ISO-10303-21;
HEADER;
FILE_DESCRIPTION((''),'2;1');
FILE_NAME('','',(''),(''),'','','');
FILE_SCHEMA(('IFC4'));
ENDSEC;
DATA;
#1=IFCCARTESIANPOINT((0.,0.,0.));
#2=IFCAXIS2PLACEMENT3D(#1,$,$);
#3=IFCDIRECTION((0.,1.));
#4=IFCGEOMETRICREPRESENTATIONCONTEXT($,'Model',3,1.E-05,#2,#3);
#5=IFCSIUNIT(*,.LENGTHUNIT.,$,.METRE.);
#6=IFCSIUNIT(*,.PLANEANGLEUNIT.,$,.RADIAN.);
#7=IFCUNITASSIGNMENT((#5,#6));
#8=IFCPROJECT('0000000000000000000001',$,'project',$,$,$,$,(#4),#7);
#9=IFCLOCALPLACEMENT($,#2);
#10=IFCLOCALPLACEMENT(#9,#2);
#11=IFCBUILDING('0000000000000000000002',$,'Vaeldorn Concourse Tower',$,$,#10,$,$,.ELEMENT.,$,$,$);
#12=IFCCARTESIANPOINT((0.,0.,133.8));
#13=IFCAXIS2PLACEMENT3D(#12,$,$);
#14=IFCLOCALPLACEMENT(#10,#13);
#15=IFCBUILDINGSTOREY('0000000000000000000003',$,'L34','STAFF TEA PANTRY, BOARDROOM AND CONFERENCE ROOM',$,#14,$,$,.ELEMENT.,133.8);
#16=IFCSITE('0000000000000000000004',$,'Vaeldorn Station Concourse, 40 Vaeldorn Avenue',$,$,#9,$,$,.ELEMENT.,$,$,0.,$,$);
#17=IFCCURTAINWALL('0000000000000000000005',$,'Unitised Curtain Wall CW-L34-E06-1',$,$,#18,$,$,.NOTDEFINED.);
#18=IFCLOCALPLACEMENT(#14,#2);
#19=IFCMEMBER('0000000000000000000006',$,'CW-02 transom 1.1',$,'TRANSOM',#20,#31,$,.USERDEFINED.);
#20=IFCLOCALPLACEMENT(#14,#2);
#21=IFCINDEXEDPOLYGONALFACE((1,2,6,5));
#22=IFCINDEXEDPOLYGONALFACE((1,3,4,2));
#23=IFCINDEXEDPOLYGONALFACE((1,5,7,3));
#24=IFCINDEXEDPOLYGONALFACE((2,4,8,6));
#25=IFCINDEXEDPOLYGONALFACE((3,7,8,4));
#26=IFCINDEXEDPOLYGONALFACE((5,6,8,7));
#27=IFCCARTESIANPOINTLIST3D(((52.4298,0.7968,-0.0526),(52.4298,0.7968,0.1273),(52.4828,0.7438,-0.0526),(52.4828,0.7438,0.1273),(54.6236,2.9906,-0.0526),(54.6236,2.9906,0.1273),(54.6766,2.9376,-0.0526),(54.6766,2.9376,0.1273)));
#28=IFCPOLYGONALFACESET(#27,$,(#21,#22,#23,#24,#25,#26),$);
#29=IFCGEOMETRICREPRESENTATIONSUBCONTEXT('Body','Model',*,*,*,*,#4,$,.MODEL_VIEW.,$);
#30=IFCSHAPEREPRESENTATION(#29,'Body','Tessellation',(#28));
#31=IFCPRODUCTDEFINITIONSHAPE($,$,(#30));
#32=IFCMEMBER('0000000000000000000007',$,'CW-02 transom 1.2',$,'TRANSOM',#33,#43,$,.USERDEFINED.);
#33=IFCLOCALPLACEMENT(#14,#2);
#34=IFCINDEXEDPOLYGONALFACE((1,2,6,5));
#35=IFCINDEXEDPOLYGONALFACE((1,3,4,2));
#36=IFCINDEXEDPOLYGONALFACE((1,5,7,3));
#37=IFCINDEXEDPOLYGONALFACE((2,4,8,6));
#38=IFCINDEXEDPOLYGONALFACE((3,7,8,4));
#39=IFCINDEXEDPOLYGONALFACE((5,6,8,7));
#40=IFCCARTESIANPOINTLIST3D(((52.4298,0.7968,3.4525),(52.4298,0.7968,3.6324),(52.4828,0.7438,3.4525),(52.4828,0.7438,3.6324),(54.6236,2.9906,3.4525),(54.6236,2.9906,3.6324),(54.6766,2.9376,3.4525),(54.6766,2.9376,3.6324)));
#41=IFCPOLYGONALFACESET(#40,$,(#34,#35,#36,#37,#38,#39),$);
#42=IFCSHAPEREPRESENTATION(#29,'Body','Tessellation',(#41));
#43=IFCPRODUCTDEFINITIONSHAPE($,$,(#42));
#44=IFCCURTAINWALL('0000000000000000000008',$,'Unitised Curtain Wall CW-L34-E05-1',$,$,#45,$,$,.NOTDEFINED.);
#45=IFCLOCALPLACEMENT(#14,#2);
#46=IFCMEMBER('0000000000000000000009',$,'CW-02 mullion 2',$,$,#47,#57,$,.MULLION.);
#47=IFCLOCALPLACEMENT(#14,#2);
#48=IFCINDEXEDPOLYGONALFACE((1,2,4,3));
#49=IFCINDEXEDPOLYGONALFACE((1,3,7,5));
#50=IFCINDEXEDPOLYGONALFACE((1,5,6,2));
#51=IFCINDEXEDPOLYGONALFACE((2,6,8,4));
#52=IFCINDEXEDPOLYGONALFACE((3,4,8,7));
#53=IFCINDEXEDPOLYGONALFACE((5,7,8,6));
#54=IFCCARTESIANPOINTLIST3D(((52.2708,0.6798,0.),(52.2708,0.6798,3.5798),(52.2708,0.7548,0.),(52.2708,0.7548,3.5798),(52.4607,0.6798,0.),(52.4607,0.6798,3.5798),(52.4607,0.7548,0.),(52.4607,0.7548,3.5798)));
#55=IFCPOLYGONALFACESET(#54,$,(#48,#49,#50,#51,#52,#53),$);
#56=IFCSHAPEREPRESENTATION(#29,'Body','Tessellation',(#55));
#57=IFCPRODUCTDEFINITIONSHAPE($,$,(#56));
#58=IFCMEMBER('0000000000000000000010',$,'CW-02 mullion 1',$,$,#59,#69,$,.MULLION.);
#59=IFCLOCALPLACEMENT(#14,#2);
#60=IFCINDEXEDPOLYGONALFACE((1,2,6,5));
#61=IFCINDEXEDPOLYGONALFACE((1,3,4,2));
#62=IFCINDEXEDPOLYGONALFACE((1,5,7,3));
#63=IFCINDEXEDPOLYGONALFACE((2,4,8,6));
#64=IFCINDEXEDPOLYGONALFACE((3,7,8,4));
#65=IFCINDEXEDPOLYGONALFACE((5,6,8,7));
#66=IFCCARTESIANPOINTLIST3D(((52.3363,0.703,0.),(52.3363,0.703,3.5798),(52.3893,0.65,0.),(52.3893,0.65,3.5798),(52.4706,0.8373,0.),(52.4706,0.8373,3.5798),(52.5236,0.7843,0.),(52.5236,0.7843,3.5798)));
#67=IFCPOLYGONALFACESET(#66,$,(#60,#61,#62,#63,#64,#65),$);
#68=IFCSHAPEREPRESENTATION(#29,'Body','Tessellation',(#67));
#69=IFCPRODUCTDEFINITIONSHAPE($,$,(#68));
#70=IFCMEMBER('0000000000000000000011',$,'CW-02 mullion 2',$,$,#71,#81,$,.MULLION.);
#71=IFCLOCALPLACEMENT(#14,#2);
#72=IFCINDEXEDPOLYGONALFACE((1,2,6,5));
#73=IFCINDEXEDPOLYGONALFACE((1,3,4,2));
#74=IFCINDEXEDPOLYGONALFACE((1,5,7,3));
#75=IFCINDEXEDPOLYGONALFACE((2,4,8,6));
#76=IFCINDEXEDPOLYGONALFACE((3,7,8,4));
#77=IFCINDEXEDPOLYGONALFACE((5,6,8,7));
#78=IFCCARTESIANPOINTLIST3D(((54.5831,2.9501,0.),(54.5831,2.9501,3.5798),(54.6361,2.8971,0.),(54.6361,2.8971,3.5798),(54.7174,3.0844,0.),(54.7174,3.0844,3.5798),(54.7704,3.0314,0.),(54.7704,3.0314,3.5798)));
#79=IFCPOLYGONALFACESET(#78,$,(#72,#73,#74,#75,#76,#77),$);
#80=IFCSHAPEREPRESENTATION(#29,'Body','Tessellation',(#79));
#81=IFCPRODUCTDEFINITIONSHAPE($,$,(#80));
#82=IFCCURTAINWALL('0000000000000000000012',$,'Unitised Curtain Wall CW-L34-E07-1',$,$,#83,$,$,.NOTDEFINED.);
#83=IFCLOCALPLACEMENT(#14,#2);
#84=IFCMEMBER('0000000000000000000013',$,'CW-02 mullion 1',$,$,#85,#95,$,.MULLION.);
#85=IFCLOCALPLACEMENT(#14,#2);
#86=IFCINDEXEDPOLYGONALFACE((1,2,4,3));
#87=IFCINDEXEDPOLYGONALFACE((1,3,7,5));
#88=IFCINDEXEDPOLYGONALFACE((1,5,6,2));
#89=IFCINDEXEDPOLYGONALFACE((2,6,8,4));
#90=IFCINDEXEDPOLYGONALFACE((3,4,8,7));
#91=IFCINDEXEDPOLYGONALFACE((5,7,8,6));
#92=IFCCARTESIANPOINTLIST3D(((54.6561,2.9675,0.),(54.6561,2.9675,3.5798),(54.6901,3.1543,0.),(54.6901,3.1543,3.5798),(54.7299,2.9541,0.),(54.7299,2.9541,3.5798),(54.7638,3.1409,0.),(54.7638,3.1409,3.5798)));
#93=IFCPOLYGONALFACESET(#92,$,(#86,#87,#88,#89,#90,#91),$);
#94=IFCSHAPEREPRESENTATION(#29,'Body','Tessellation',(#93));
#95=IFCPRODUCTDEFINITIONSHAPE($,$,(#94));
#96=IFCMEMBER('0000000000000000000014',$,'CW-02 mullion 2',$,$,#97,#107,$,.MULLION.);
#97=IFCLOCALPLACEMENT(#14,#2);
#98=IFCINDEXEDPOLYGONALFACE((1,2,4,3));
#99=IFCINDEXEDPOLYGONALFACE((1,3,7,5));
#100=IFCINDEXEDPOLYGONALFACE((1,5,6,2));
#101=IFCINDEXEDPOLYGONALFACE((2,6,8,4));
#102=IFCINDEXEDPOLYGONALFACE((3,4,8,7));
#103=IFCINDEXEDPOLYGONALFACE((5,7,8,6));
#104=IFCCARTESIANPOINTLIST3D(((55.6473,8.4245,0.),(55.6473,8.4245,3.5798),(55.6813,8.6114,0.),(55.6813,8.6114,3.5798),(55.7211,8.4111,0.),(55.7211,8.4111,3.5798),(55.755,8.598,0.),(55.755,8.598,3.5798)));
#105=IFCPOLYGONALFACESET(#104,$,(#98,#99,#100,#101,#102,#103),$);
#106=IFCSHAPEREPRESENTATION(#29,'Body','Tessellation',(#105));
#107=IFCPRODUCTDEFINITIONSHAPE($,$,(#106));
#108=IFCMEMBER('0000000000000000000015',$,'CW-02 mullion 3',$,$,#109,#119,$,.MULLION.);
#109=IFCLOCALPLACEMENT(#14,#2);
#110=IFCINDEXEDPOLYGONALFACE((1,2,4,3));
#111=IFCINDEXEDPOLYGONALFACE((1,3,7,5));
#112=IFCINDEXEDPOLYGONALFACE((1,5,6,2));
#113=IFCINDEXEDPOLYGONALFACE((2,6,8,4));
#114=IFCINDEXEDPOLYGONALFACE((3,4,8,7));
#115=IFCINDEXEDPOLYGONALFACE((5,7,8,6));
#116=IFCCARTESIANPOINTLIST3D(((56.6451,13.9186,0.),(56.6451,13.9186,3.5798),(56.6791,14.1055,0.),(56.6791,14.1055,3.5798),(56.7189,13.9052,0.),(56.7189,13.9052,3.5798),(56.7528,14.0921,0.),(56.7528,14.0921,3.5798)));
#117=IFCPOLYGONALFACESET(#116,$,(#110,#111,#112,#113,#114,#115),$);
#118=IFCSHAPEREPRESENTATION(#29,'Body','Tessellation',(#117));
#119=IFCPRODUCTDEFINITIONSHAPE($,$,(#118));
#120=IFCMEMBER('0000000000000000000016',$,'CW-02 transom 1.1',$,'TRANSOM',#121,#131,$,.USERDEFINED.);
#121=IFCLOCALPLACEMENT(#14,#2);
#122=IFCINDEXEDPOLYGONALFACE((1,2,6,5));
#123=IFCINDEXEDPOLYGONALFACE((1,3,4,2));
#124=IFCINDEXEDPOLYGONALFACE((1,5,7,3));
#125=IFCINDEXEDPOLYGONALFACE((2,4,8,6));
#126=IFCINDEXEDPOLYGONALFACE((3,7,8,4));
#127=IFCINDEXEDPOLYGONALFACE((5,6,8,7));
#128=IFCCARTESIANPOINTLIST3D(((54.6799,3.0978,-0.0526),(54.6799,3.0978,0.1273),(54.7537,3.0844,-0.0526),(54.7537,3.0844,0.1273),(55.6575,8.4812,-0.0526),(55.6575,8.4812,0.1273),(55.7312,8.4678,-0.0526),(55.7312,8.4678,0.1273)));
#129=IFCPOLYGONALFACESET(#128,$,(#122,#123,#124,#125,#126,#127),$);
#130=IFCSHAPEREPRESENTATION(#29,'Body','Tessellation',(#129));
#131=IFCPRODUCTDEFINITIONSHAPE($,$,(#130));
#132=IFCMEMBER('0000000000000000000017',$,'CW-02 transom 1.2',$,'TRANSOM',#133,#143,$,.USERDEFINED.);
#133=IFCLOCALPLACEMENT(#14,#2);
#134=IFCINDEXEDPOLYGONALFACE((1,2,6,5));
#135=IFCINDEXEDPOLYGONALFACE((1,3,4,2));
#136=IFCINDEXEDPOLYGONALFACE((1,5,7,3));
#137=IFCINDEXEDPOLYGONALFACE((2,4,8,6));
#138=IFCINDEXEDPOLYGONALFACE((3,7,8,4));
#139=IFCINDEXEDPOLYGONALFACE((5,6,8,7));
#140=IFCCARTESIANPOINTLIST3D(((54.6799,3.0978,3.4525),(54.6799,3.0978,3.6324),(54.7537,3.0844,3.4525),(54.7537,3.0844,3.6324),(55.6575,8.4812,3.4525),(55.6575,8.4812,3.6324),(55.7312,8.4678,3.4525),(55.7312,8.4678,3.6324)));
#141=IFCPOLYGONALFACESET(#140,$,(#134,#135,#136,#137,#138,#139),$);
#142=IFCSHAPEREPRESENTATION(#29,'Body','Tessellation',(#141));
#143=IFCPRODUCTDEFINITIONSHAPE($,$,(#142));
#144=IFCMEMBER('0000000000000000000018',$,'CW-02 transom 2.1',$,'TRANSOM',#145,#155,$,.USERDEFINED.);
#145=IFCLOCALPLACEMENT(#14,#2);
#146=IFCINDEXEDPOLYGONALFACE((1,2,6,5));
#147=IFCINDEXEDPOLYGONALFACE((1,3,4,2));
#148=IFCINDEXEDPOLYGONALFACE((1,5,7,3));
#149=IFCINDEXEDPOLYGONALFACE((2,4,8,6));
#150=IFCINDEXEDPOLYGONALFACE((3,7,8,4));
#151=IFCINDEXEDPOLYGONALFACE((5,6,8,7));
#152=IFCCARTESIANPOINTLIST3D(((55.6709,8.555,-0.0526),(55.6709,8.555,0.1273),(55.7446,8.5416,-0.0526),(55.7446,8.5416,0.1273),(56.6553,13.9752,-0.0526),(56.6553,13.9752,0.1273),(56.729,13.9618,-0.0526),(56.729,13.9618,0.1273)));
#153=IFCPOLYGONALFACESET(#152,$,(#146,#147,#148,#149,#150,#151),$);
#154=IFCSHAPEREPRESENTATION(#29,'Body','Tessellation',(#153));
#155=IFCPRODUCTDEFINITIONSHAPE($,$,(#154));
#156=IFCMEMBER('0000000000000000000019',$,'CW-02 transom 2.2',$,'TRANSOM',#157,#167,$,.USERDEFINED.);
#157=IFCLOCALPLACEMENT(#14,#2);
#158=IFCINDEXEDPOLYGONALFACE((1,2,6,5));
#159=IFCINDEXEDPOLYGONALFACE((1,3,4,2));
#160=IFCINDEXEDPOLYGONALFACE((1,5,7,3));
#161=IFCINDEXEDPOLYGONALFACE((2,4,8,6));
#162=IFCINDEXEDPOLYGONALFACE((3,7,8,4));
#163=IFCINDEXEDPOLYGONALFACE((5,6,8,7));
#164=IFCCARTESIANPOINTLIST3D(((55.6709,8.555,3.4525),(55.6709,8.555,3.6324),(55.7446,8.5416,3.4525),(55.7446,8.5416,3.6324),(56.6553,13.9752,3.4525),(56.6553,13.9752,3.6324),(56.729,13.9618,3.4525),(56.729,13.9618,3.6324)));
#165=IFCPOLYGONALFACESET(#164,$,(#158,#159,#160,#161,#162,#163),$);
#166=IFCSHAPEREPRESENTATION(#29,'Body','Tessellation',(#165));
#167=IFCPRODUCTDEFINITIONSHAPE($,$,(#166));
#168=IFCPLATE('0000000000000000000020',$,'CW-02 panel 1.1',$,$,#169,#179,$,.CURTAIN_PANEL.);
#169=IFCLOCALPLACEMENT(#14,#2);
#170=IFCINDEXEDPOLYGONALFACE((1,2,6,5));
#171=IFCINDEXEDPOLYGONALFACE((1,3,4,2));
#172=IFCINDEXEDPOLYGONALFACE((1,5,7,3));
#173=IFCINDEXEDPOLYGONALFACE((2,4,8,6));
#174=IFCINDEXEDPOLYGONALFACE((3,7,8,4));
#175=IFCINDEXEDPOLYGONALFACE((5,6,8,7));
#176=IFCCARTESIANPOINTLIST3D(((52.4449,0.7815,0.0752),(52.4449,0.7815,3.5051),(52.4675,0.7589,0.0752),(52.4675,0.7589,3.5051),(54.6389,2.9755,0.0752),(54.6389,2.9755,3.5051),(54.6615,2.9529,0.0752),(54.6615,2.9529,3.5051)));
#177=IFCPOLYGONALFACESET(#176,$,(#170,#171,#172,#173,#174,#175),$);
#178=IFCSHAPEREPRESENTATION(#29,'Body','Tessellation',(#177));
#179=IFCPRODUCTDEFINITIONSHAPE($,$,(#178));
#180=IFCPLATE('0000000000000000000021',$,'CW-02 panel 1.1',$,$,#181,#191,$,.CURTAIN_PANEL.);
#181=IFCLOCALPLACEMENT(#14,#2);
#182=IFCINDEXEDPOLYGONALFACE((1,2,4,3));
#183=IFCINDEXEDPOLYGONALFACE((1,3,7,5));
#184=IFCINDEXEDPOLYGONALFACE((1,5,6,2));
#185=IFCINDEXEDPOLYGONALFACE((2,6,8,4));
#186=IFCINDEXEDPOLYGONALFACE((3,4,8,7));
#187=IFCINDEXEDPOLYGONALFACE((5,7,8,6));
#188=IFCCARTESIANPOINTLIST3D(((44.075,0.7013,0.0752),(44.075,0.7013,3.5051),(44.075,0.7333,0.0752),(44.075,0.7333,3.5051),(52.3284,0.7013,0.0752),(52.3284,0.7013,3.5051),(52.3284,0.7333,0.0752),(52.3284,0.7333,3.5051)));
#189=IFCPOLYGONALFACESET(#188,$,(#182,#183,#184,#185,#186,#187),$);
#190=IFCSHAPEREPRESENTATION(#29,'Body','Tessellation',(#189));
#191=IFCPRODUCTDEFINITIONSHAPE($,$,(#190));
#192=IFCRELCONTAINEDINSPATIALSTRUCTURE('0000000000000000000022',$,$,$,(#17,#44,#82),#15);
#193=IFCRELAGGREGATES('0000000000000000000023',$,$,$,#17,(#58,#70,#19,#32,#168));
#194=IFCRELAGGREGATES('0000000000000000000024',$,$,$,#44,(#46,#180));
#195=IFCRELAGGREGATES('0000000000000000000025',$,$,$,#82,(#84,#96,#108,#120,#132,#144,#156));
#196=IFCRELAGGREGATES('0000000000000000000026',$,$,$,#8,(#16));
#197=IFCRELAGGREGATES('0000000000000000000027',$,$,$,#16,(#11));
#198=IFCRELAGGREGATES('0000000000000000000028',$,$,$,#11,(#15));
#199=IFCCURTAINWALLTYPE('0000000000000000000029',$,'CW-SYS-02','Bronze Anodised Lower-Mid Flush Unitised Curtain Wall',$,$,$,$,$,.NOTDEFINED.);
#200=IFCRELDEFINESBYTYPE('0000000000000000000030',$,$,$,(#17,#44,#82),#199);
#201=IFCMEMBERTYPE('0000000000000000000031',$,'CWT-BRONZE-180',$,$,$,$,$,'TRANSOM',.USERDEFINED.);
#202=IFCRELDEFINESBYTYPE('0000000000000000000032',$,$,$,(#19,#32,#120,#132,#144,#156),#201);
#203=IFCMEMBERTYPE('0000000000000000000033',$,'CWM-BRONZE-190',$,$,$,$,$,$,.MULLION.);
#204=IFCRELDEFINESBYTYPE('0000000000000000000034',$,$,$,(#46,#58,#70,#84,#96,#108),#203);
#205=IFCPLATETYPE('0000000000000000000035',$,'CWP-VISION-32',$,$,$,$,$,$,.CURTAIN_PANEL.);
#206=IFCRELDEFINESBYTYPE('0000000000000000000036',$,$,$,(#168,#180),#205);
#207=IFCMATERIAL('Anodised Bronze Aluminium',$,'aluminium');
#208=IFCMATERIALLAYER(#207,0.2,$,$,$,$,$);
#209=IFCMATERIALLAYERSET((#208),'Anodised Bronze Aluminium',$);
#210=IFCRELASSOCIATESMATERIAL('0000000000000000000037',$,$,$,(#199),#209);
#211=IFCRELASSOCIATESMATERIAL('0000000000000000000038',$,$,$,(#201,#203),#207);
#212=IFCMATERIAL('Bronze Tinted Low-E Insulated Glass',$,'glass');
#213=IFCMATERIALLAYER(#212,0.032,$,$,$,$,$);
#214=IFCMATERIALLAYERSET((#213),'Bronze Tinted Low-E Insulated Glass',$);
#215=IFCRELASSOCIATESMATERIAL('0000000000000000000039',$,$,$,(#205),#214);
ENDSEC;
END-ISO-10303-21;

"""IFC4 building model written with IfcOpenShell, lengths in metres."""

from ifc_helpers import new_model, si_unit, direction, frame, origin, origin_2d, place, context, subcontext, project, spatial, rectangle, extrude, source, transform, mapped, material, layer, layer_set, material_profile, profile_set, type_object, element, aggregate, save


model = new_model("IFC4")

# Units and contexts
model_context = context("Model", 3, precision=1e-05, world=origin(), true_north=direction((0.0, 1.0)))
body_context = subcontext(model_context, "Body", "Model", "MODEL_VIEW")
ifc_project = project(units=[si_unit("LENGTHUNIT", "METRE"), si_unit("PLANEANGLEUNIT", "RADIAN")], contexts=[model_context])

# Site, building, storey
site_placement = place(None, origin())
site = spatial("IfcSite", under=ifc_project, at=site_placement, Name="Vaeldorn Station Concourse, 40 Vaeldorn Avenue", CompositionType="ELEMENT", RefElevation=0.0)
building_placement = place(site_placement, origin())
building = spatial("IfcBuilding", under=site, at=building_placement, Name="Vaeldorn Concourse Tower", CompositionType="ELEMENT")
storey_placement = place(building_placement, frame((0.0, 0.0, 133.8)))
storey = spatial("IfcBuildingStorey", under=building, at=storey_placement, Name="L34", Description="STAFF TEA PANTRY, BOARDROOM AND CONFERENCE ROOM", CompositionType="ELEMENT", Elevation=133.8)

# Curtain wall, members
ifc_material_1 = material(Name="Anodised Bronze Aluminium", Category="aluminium")
ifc_layer_1 = layer(ifc_material_1, 0.2)
ifc_layer_set_1 = layer_set([ifc_layer_1], Name="Anodised Bronze Aluminium")
curtain_wall_type = type_object("IfcCurtainWallType", Name="CW-SYS-02", Description="Bronze Anodised Lower-Mid Flush Unitised Curtain Wall", PredefinedType="NOTDEFINED", material=ifc_layer_set_1)
curtain_wall_1_placement = place(storey_placement, origin())
curtain_wall_1 = element("IfcCurtainWall", 1, at=curtain_wall_1_placement, inside=storey, type_object=curtain_wall_type, Name="Unitised Curtain Wall CW-L34-E06-1", PredefinedType="NOTDEFINED")
ifc_material_profile_1 = material_profile(ifc_material_1, rectangle(XDim=0.075, YDim=0.1799, at=origin_2d()), Name="CWT 75x180")
ifc_profile_set_1 = profile_set([ifc_material_profile_1], Name="Anodised Bronze Aluminium")
member_type_1 = type_object("IfcMemberType", Name="CWT-BRONZE-180", ElementType="TRANSOM", PredefinedType="USERDEFINED", material=ifc_profile_set_1)
shared_shape_1 = source(origin(), body_context, "Body", "SweptSolid", [
    extrude(rectangle(XDim=0.075, YDim=0.1799, at=origin_2d()), origin(), (0.0, 0.0, 1.0), 3.1025),
])
member_1_placement = place(storey_placement, frame((52.4563, 0.7703, 0.0374), z_axis=(0.707107, 0.707107, 0.0), x_axis=(-0.707107, 0.707107, 0.0)))
member_1 = element("IfcMember", 2, at=member_1_placement, type_object=member_type_1, Name="CW-02 transom 1.1", ObjectType="TRANSOM", PredefinedType="USERDEFINED", context=body_context, shape_type="MappedRepresentation", body=[
    mapped(shared_shape_1, transform((0.0, 0.0, 0.0), scale=1.0)),
])
member_2_placement = place(storey_placement, frame((52.4563, 0.7703, 3.5425), z_axis=(0.707107, 0.707107, 0.0), x_axis=(-0.707107, 0.707107, 0.0)))
member_2 = element("IfcMember", 3, at=member_2_placement, type_object=member_type_1, Name="CW-02 transom 1.2", ObjectType="TRANSOM", PredefinedType="USERDEFINED", context=body_context, shape_type="MappedRepresentation", body=[
    mapped(shared_shape_1, transform((0.0, 0.0, 0.0), scale=1.0)),
])

# Curtain wall, member
curtain_wall_2_placement = place(storey_placement, origin())
curtain_wall_2 = element("IfcCurtainWall", 4, at=curtain_wall_2_placement, inside=storey, type_object=curtain_wall_type, Name="Unitised Curtain Wall CW-L34-E05-1", PredefinedType="NOTDEFINED")
ifc_material_profile_2 = material_profile(ifc_material_1, rectangle(XDim=0.075, YDim=0.1899, at=origin_2d()), Name="CWM 75x190")
ifc_profile_set_2 = profile_set([ifc_material_profile_2], Name="Anodised Bronze Aluminium")
member_type_2 = type_object("IfcMemberType", Name="CWM-BRONZE-190", PredefinedType="MULLION", material=ifc_profile_set_2)
shared_shape_2 = source(origin(), body_context, "Body", "SweptSolid", [
    extrude(rectangle(XDim=0.075, YDim=0.1899, at=origin_2d()), origin(), (0.0, 0.0, 1.0), 3.5798),
])
member_3_placement = place(storey_placement, frame((52.3657, 0.7173, 0.0), z_axis=(0.0, 0.0, 1.0), x_axis=(0.0, 1.0, 0.0)))
member_3 = element("IfcMember", 5, at=member_3_placement, type_object=member_type_2, Name="CW-02 mullion 2", PredefinedType="MULLION", context=body_context, shape_type="MappedRepresentation", body=[
    mapped(shared_shape_2, transform((0.0, 0.0, 0.0), scale=1.0)),
])

# Members
member_4_placement = place(storey_placement, frame((52.4299, 0.7437, 0.0), z_axis=(0.0, 0.0, 1.0), x_axis=(-0.707107, 0.707107, 0.0)))
member_4 = element("IfcMember", 6, at=member_4_placement, type_object=member_type_2, Name="CW-02 mullion 1", PredefinedType="MULLION", context=body_context, shape_type="MappedRepresentation", body=[
    mapped(shared_shape_2, transform((0.0, 0.0, 0.0), scale=1.0)),
])
member_5_placement = place(storey_placement, frame((54.6768, 2.9907, 0.0), z_axis=(0.0, 0.0, 1.0), x_axis=(-0.707107, 0.707107, 0.0)))
member_5 = element("IfcMember", 7, at=member_5_placement, type_object=member_type_2, Name="CW-02 mullion 2", PredefinedType="MULLION", context=body_context, shape_type="MappedRepresentation", body=[
    mapped(shared_shape_2, transform((0.0, 0.0, 0.0), scale=1.0)),
])

# Curtain wall, members
curtain_wall_3_placement = place(storey_placement, origin())
curtain_wall_3 = element("IfcCurtainWall", 8, at=curtain_wall_3_placement, inside=storey, type_object=curtain_wall_type, Name="Unitised Curtain Wall CW-L34-E07-1", PredefinedType="NOTDEFINED")
member_6_placement = place(storey_placement, frame((54.71, 3.0542, 0.0), z_axis=(0.0, 0.0, 1.0), x_axis=(-0.983905, 0.178692, 0.0)))
member_6 = element("IfcMember", 9, at=member_6_placement, type_object=member_type_2, Name="CW-02 mullion 1", PredefinedType="MULLION", context=body_context, shape_type="MappedRepresentation", body=[
    mapped(shared_shape_2, transform((0.0, 0.0, 0.0), scale=1.0)),
])
member_7_placement = place(storey_placement, frame((55.7012, 8.5112, 0.0), z_axis=(0.0, 0.0, 1.0), x_axis=(-0.983905, 0.178692, 0.0)))
member_7 = element("IfcMember", 10, at=member_7_placement, type_object=member_type_2, Name="CW-02 mullion 2", PredefinedType="MULLION", context=body_context, shape_type="MappedRepresentation", body=[
    mapped(shared_shape_2, transform((0.0, 0.0, 0.0), scale=1.0)),
])
member_8_placement = place(storey_placement, frame((56.699, 14.0054, 0.0), z_axis=(0.0, 0.0, 1.0), x_axis=(-0.983905, 0.178692, 0.0)))
member_8 = element("IfcMember", 11, at=member_8_placement, type_object=member_type_2, Name="CW-02 mullion 3", PredefinedType="MULLION", context=body_context, shape_type="MappedRepresentation", body=[
    mapped(shared_shape_2, transform((0.0, 0.0, 0.0), scale=1.0)),
])
shared_shape_3 = source(origin(), body_context, "Body", "SweptSolid", [
    extrude(rectangle(XDim=0.075, YDim=0.1799, at=origin_2d()), origin(), (0.0, 0.0, 1.0), 5.4714),
])
member_9_placement = place(storey_placement, frame((54.7168, 3.0911, 0.0374), z_axis=(0.178666, 0.98391, 0.0), x_axis=(-0.98391, 0.178666, 0.0)))
member_9 = element("IfcMember", 12, at=member_9_placement, type_object=member_type_1, Name="CW-02 transom 1.1", ObjectType="TRANSOM", PredefinedType="USERDEFINED", context=body_context, shape_type="MappedRepresentation", body=[
    mapped(shared_shape_3, transform((0.0, 0.0, 0.0), scale=1.0)),
])
member_10_placement = place(storey_placement, frame((54.7168, 3.0911, 3.5425), z_axis=(0.178666, 0.98391, 0.0), x_axis=(-0.98391, 0.178666, 0.0)))
member_10 = element("IfcMember", 13, at=member_10_placement, type_object=member_type_1, Name="CW-02 transom 1.2", ObjectType="TRANSOM", PredefinedType="USERDEFINED", context=body_context, shape_type="MappedRepresentation", body=[
    mapped(shared_shape_3, transform((0.0, 0.0, 0.0), scale=1.0)),
])
shared_shape_4 = source(origin(), body_context, "Body", "SweptSolid", [
    extrude(rectangle(XDim=0.075, YDim=0.1799, at=origin_2d()), origin(), (0.0, 0.0, 1.0), 5.5088),
])
member_11_placement = place(storey_placement, frame((55.7078, 8.5483, 0.0374), z_axis=(0.17869, 0.983905, 0.0), x_axis=(-0.983905, 0.17869, 0.0)))
member_11 = element("IfcMember", 14, at=member_11_placement, type_object=member_type_1, Name="CW-02 transom 2.1", ObjectType="TRANSOM", PredefinedType="USERDEFINED", context=body_context, shape_type="MappedRepresentation", body=[
    mapped(shared_shape_4, transform((0.0, 0.0, 0.0), scale=1.0)),
])
member_12_placement = place(storey_placement, frame((55.7078, 8.5483, 3.5425), z_axis=(0.17869, 0.983905, 0.0), x_axis=(-0.983905, 0.17869, 0.0)))
member_12 = element("IfcMember", 15, at=member_12_placement, type_object=member_type_1, Name="CW-02 transom 2.2", ObjectType="TRANSOM", PredefinedType="USERDEFINED", context=body_context, shape_type="MappedRepresentation", body=[
    mapped(shared_shape_4, transform((0.0, 0.0, 0.0), scale=1.0)),
])

# Plates
ifc_material_2 = material(Name="Bronze Tinted Low-E Insulated Glass", Category="glass")
ifc_layer_2 = layer(ifc_material_2, 0.032)
ifc_layer_set_2 = layer_set([ifc_layer_2], Name="Bronze Tinted Low-E Insulated Glass")
plate_type = type_object("IfcPlateType", Name="CWP-VISION-32", PredefinedType="CURTAIN_PANEL", material=ifc_layer_set_2)
shared_shape_5 = source(origin(), body_context, "Body", "SweptSolid", [
    extrude(rectangle(XDim=3.1028, YDim=0.032, at=origin_2d()), origin(), (0.0, 0.0, 1.0), 3.4299),
])
plate_1_placement = place(storey_placement, frame((53.5532, 1.8672, 0.0752), z_axis=(0.0, 0.0, 1.0), x_axis=(0.707107, 0.707107, 0.0)))
plate_1 = element("IfcPlate", 16, at=plate_1_placement, type_object=plate_type, Name="CW-02 panel 1.1", PredefinedType="CURTAIN_PANEL", context=body_context, shape_type="MappedRepresentation", body=[
    mapped(shared_shape_5, transform((0.0, 0.0, 0.0), scale=1.0)),
])
aggregate(curtain_wall_1, [member_4, member_5, member_1, member_2, plate_1])
shared_shape_6 = source(origin(), body_context, "Body", "SweptSolid", [
    extrude(rectangle(XDim=8.2534, YDim=0.032, at=origin_2d()), origin(), (0.0, 0.0, 1.0), 3.4299),
])
plate_2_placement = place(storey_placement, frame((48.2017, 0.7173, 0.0752), z_axis=(0.0, 0.0, 1.0), x_axis=(1.0, 0.0, 0.0)))
plate_2 = element("IfcPlate", 17, at=plate_2_placement, type_object=plate_type, Name="CW-02 panel 1.1", PredefinedType="CURTAIN_PANEL", context=body_context, shape_type="MappedRepresentation", body=[
    mapped(shared_shape_6, transform((0.0, 0.0, 0.0), scale=1.0)),
])
aggregate(curtain_wall_2, [member_3, plate_2])
aggregate(curtain_wall_3, [member_6, member_7, member_8, member_9, member_10, member_11, member_12])

save(model, "model.ifc")
